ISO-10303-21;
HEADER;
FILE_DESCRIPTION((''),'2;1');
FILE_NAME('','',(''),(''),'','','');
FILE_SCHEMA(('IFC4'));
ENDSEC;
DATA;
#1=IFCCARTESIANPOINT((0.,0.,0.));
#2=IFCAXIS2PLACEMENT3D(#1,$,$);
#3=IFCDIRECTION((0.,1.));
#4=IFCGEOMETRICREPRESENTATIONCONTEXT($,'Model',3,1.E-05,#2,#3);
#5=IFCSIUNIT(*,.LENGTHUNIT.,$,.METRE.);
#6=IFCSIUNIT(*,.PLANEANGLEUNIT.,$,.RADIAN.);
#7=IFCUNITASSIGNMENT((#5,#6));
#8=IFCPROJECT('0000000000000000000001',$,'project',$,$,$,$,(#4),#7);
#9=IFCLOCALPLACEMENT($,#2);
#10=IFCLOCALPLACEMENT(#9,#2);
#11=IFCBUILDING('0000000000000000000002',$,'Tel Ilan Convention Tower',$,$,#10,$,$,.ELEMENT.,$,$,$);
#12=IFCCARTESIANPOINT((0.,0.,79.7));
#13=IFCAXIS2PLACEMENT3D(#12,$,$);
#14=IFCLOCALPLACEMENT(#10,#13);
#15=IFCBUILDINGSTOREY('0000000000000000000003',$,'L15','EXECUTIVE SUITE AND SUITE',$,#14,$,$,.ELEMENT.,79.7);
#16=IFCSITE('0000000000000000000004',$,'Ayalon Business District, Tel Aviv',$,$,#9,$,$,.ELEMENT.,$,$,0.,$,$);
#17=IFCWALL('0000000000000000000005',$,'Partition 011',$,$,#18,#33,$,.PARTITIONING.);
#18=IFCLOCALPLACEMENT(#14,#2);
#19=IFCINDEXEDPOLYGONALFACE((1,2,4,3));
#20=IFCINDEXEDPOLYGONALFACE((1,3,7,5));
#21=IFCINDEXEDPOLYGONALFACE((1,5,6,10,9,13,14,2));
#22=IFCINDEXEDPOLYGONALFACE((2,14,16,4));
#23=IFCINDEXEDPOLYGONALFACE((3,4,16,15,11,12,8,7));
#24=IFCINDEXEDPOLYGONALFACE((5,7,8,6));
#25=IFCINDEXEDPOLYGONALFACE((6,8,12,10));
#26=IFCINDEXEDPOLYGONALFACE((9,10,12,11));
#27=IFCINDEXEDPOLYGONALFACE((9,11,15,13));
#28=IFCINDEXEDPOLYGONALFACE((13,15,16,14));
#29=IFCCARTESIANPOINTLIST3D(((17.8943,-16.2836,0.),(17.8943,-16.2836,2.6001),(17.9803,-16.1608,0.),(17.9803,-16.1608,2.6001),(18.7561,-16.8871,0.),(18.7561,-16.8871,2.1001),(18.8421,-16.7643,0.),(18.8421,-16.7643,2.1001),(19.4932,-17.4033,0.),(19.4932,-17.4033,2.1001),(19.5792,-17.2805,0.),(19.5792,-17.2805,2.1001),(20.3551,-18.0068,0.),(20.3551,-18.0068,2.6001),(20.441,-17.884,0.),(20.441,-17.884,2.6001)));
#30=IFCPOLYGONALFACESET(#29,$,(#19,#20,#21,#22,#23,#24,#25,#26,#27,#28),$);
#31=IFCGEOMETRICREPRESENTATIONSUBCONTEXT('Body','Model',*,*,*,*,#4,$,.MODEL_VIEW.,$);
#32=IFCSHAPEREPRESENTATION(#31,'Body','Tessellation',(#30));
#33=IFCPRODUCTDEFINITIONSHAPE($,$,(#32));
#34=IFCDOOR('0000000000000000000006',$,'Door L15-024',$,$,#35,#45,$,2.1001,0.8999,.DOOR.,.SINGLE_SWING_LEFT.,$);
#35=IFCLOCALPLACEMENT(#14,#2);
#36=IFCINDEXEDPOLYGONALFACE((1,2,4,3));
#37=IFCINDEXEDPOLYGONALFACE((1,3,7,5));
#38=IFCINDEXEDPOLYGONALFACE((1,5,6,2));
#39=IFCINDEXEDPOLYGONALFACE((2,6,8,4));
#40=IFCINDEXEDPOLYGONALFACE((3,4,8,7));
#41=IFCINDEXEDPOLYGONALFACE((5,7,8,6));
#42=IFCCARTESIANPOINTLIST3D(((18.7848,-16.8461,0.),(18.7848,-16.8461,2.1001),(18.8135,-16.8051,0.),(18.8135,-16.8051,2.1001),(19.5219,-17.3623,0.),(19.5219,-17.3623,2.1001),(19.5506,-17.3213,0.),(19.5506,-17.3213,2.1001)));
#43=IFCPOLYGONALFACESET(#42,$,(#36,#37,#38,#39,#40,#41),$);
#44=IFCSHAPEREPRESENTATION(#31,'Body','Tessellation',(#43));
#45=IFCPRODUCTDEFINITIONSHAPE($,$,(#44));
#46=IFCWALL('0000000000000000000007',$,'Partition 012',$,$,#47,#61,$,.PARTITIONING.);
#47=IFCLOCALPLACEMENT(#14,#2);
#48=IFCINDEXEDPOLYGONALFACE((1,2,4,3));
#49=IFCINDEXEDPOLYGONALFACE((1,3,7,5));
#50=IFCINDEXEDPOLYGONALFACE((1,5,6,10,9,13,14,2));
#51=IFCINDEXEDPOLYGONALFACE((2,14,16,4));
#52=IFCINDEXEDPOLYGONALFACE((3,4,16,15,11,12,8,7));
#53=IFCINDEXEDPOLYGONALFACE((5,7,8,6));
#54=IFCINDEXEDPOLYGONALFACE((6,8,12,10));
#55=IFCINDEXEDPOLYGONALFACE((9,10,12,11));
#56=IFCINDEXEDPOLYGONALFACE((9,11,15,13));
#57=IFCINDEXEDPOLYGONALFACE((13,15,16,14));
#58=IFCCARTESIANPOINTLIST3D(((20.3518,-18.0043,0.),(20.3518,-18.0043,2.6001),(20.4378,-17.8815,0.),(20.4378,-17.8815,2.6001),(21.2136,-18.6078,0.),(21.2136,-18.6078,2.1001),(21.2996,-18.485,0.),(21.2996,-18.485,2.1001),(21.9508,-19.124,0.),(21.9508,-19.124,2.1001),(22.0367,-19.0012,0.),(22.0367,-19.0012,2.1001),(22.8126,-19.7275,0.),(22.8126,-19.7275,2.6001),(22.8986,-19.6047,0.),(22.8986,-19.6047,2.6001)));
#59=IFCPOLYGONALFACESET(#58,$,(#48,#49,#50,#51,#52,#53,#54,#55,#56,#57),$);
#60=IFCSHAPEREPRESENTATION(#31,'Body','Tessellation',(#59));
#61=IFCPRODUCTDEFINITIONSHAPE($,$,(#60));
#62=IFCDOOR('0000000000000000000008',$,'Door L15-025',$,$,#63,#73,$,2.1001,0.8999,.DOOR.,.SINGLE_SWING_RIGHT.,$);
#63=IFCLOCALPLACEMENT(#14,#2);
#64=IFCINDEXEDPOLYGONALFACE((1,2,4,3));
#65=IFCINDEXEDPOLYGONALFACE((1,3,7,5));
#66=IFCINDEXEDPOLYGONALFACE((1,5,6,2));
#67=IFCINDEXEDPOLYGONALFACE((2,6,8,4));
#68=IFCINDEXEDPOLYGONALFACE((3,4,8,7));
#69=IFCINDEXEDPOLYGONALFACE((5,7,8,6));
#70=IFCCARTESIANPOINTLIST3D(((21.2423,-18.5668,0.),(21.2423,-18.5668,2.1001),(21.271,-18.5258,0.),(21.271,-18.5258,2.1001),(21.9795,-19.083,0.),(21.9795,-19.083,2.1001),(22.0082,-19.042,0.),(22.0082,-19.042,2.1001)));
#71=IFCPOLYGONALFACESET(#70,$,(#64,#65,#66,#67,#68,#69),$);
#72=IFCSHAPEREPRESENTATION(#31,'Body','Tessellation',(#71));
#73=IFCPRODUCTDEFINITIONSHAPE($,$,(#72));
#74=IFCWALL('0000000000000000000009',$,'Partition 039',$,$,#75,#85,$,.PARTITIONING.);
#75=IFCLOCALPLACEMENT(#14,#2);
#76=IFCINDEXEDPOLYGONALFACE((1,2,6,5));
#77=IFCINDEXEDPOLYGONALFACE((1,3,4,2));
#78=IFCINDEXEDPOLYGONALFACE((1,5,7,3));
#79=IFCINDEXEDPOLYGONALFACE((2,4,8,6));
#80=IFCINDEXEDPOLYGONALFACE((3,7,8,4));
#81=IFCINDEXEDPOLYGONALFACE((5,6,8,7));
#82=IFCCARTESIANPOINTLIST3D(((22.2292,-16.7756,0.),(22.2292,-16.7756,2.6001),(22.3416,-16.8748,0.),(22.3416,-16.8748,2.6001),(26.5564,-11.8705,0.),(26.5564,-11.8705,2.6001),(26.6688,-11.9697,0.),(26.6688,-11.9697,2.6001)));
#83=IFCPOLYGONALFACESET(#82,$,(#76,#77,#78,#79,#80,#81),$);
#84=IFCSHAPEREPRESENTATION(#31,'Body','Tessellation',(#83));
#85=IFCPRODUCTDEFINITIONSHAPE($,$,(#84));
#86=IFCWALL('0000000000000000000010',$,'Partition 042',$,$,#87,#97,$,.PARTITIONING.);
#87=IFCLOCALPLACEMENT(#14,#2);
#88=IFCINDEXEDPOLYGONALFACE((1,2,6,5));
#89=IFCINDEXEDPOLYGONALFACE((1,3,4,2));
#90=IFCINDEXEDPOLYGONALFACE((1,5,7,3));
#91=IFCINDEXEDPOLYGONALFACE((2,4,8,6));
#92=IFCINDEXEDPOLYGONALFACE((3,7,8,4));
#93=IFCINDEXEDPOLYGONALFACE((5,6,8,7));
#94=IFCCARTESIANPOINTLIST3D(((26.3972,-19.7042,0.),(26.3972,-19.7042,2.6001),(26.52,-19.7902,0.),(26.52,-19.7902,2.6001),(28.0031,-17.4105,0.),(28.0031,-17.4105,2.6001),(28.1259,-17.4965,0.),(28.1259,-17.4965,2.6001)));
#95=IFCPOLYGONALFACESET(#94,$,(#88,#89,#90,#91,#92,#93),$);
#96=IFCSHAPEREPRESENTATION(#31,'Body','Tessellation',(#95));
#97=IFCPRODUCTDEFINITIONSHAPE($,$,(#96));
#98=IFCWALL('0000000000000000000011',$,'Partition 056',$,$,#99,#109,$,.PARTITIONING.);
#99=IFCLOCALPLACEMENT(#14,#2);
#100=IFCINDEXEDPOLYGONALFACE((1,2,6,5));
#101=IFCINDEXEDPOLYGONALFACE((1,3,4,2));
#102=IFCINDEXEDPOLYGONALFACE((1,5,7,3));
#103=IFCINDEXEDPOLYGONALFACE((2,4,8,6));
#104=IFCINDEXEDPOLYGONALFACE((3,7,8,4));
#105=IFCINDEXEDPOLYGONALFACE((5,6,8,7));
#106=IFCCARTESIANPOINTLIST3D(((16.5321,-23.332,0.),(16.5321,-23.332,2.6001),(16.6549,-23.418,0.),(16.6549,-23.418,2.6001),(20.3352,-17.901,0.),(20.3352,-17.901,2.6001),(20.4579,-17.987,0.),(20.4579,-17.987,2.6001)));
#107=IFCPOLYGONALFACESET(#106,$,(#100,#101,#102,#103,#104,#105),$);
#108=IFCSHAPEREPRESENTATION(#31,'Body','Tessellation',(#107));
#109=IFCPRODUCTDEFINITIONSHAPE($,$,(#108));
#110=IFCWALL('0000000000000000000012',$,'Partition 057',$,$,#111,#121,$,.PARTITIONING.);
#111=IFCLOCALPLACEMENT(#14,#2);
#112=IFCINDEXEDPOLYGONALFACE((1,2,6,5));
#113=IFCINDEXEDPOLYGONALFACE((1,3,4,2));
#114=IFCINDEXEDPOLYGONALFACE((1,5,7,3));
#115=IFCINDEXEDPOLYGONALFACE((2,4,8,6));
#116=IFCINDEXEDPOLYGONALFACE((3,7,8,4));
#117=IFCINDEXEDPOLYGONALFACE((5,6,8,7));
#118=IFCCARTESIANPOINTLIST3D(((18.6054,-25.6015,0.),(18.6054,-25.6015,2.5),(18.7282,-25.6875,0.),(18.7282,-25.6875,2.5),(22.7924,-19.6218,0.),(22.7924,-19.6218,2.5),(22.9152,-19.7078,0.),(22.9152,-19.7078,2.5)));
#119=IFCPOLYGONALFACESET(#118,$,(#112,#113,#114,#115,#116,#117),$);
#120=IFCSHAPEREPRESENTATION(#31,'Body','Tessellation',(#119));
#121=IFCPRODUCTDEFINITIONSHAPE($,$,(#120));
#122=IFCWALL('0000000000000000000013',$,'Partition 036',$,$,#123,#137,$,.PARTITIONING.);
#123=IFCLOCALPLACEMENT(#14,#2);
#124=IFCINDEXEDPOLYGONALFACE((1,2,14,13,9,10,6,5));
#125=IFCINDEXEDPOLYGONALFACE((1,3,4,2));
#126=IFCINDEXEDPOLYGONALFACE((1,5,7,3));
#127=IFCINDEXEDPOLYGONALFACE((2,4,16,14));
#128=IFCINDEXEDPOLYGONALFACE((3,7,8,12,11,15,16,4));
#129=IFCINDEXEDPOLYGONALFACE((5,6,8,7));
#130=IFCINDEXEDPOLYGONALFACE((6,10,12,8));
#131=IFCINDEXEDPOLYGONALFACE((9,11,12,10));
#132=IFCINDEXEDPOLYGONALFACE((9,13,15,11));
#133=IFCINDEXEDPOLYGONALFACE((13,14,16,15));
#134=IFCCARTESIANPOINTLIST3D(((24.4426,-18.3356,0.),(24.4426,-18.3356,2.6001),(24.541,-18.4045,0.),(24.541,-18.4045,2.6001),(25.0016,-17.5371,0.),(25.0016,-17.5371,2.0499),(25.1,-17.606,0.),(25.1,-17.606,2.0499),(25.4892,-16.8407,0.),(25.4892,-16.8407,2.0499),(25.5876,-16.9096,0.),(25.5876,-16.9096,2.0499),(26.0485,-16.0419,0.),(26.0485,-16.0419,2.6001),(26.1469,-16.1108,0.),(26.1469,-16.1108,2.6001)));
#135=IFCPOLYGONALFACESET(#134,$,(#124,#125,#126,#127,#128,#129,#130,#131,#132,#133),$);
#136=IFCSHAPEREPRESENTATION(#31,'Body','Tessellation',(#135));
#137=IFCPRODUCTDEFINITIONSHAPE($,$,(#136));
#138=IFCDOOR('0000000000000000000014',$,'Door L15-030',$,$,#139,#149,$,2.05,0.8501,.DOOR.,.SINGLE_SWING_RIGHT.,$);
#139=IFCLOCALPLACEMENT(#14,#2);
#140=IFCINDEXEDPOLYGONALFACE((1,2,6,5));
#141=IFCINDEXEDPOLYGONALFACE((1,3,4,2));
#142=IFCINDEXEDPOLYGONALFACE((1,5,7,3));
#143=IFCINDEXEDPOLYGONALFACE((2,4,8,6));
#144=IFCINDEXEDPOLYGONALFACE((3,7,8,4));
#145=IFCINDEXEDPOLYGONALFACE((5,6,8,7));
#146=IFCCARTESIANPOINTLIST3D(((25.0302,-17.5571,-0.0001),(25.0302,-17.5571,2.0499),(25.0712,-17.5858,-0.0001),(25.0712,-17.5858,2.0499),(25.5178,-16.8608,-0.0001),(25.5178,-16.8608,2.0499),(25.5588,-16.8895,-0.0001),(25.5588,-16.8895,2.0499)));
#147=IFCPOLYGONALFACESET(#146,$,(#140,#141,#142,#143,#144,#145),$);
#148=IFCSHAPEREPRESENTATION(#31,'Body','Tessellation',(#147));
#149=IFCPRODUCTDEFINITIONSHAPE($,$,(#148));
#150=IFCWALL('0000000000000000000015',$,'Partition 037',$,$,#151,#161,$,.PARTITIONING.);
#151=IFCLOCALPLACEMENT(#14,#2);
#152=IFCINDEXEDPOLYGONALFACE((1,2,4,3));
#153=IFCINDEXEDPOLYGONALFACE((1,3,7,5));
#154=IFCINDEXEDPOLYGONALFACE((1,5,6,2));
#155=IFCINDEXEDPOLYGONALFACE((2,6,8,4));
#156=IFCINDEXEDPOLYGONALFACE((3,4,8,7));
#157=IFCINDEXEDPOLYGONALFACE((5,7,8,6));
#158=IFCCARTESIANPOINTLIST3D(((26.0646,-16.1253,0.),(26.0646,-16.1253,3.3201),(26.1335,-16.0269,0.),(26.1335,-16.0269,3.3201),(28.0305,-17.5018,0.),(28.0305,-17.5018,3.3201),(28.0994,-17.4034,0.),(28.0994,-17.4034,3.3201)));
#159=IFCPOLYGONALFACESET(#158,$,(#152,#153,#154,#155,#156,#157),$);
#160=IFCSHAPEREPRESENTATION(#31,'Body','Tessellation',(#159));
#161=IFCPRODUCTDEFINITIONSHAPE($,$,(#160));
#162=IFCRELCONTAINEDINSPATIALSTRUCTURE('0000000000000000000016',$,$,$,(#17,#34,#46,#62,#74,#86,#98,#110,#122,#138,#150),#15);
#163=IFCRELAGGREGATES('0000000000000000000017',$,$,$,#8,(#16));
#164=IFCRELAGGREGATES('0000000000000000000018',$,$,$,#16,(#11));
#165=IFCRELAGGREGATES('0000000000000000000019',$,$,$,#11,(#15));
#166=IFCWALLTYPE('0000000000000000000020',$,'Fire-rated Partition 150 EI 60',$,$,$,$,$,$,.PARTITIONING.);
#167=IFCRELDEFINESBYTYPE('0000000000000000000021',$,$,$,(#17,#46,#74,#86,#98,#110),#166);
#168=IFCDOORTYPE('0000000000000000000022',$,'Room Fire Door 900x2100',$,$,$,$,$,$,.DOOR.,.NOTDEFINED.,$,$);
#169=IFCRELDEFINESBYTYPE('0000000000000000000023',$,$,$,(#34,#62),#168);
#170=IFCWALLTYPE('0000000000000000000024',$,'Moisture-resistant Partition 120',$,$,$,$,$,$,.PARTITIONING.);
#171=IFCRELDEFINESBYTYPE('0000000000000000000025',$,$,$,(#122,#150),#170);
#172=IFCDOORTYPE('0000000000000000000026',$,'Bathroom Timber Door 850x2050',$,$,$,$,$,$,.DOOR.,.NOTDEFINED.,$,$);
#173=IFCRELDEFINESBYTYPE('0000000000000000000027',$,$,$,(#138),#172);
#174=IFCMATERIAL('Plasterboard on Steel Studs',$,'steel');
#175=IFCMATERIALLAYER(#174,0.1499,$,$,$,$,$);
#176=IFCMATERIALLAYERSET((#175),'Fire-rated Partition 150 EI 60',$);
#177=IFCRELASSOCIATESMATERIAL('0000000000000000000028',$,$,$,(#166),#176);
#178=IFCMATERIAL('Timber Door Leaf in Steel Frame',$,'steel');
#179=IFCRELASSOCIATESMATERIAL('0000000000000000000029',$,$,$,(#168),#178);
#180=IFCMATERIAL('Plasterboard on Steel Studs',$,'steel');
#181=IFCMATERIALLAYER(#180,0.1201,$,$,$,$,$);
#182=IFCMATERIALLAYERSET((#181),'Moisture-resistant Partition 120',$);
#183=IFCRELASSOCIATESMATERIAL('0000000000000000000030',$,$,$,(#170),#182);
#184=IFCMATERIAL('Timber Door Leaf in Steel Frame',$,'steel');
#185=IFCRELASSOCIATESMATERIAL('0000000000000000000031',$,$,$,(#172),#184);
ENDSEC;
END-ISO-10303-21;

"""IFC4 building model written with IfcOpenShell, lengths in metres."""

from ifc_helpers import new_model, si_unit, direction, frame, frame_2d, origin, place, context, subcontext, project, spatial, rectangle, extrude, material, layer, layer_set, type_object, element, fill, save


model = new_model("IFC4")

# Units and contexts
model_context = context("Model", 3, precision=1e-05, world=origin(), true_north=direction((0.0, 1.0)))
body_context = subcontext(model_context, "Body", "Model", "MODEL_VIEW")
ifc_project = project(units=[si_unit("LENGTHUNIT", "METRE"), si_unit("PLANEANGLEUNIT", "RADIAN")], contexts=[model_context])

# Site, building, storey
site_placement = place(None, origin())
site = spatial("IfcSite", under=ifc_project, at=site_placement, Name="Ayalon Business District, Tel Aviv", CompositionType="ELEMENT", RefElevation=0.0)
building_placement = place(site_placement, origin())
building = spatial("IfcBuilding", under=site, at=building_placement, Name="Tel Ilan Convention Tower", CompositionType="ELEMENT")
storey_placement = place(building_placement, frame((0.0, 0.0, 79.7)))
storey = spatial("IfcBuildingStorey", under=building, at=storey_placement, Name="L15", Description="EXECUTIVE SUITE AND SUITE", CompositionType="ELEMENT", Elevation=79.7)

# Shared definitions
ifc_material_1 = material(Name="Plasterboard on Steel Studs", Category="steel")
ifc_layer_1 = layer(ifc_material_1, 0.1499)
ifc_layer_set_1 = layer_set([ifc_layer_1], Name="Fire-rated Partition 150 EI 60")
wall_type_1 = type_object("IfcWallType", Name="Fire-rated Partition 150 EI 60", PredefinedType="PARTITIONING", material=ifc_layer_set_1)

# Walls, openings, doors
ifc_material_2 = material(Name="Timber Door Leaf in Steel Frame", Category="steel")
door_type_1 = type_object("IfcDoorType", Name="Room Fire Door 900x2100", OperationType="NOTDEFINED", PredefinedType="DOOR", material=ifc_material_2)
wall_1_placement = place(storey_placement, frame((20.3979, -17.9453, 0.0), z_axis=(0.0, 0.0, 1.0), x_axis=(-0.819129, 0.57361, 0.0)))
wall_1 = element("IfcWall", 1, at=wall_1_placement, inside=storey, type_object=wall_type_1, Name="Partition 011", PredefinedType="PARTITIONING", context=body_context, shape_type="SweptSolid", body=[
    extrude(rectangle(XDim=3.0042, YDim=0.1499, at=frame_2d((1.502, 0.0))), origin(), (0.0, 0.0, 1.0), 2.6001),
])
opening_1_placement = place(wall_1_placement, frame((1.052, 0.0, 0.0)))
opening_1 = element("IfcOpeningElement", 2, at=opening_1_placement, cuts=wall_1, PredefinedType="OPENING", context=body_context, shape_type="SweptSolid", body=[
    extrude(rectangle(XDim=0.8999, YDim=2.1001, at=frame_2d((0.45, 1.05))), frame((0.0, 0.085, 0.0), z_axis=(0.0, -1.0, 0.0), x_axis=(1.0, 0.0, 0.0)), (0.0, 0.0, 1.0), 0.1699),
])
door_1_placement = place(opening_1_placement, origin())
door_1 = element("IfcDoor", 3, at=door_1_placement, inside=storey, type_object=door_type_1, Name="Door L15-024", OperationType="SINGLE_SWING_LEFT", OverallHeight=2.1001, OverallWidth=0.8999, PredefinedType="DOOR", context=body_context, shape_type="SweptSolid", body=[
    extrude(rectangle(XDim=0.8999, YDim=2.1001, at=frame_2d((0.45, 1.05))), frame((0.0, 0.0249, 0.0), z_axis=(0.0, -1.0, 0.0), x_axis=(1.0, 0.0, 0.0)), (0.0, 0.0, 1.0), 0.05),
])
fill(opening_1, door_1)
wall_2_placement = place(storey_placement, frame((22.8555, -19.666, 0.0), z_axis=(0.0, 0.0, 1.0), x_axis=(-0.819129, 0.57361, 0.0)))
wall_2 = element("IfcWall", 4, at=wall_2_placement, inside=storey, type_object=wall_type_1, Name="Partition 012", PredefinedType="PARTITIONING", context=body_context, shape_type="SweptSolid", body=[
    extrude(rectangle(XDim=3.0042, YDim=0.1499, at=frame_2d((1.502, 0.0))), origin(), (0.0, 0.0, 1.0), 2.6001),
])
opening_2_placement = place(wall_2_placement, frame((1.052, 0.0, 0.0)))
opening_2 = element("IfcOpeningElement", 5, at=opening_2_placement, cuts=wall_2, PredefinedType="OPENING", context=body_context, shape_type="SweptSolid", body=[
    extrude(rectangle(XDim=0.8999, YDim=2.1001, at=frame_2d((0.45, 1.05))), frame((0.0, 0.085, 0.0), z_axis=(0.0, -1.0, 0.0), x_axis=(1.0, 0.0, 0.0)), (0.0, 0.0, 1.0), 0.1699),
])
door_2_placement = place(opening_2_placement, origin())
door_2 = element("IfcDoor", 6, at=door_2_placement, inside=storey, type_object=door_type_1, Name="Door L15-025", OperationType="SINGLE_SWING_RIGHT", OverallHeight=2.1001, OverallWidth=0.8999, PredefinedType="DOOR", context=body_context, shape_type="SweptSolid", body=[
    extrude(rectangle(XDim=0.8999, YDim=2.1001, at=frame_2d((0.45, 1.05))), frame((0.0, 0.0249, 0.0), z_axis=(0.0, -1.0, 0.0), x_axis=(1.0, 0.0, 0.0)), (0.0, 0.0, 1.0), 0.05),
])
fill(opening_2, door_2)

# Walls
wall_3_placement = place(storey_placement, frame((22.2854, -16.8252, 0.0), z_axis=(0.0, 0.0, 1.0), x_axis=(0.661551, 0.7499, 0.0)))
element("IfcWall", 7, at=wall_3_placement, inside=storey, type_object=wall_type_1, Name="Partition 039", PredefinedType="PARTITIONING", context=body_context, shape_type="SweptSolid", body=[
    extrude(rectangle(XDim=6.541, YDim=0.1499, at=frame_2d((3.2705, 0.0))), origin(), (0.0, 0.0, 1.0), 2.6001),
])
wall_4_placement = place(storey_placement, frame((28.0645, -17.4536, 0.0), z_axis=(0.0, 0.0, 1.0), x_axis=(-0.57355, -0.81917, 0.0)))
element("IfcWall", 8, at=wall_4_placement, inside=storey, type_object=wall_type_1, Name="Partition 042", PredefinedType="PARTITIONING", context=body_context, shape_type="SweptSolid", body=[
    extrude(rectangle(XDim=2.8, YDim=0.1499, at=frame_2d((1.3999, 0.0))), origin(), (0.0, 0.0, 1.0), 2.6001),
])
wall_5_placement = place(storey_placement, frame((20.3965, -17.9441, 0.0), z_axis=(0.0, 0.0, 1.0), x_axis=(-0.573598, -0.819137, 0.0)))
element("IfcWall", 9, at=wall_5_placement, inside=storey, type_object=wall_type_1, Name="Partition 056", PredefinedType="PARTITIONING", context=body_context, shape_type="SweptSolid", body=[
    extrude(rectangle(XDim=6.6301, YDim=0.1499, at=frame_2d((3.3149, 0.0))), origin(), (0.0, 0.0, 1.0), 2.6001),
])
wall_6_placement = place(storey_placement, frame((22.8538, -19.6648, 0.0), z_axis=(0.0, 0.0, 1.0), x_axis=(-0.573572, -0.819155, 0.0)))
element("IfcWall", 10, at=wall_6_placement, inside=storey, type_object=wall_type_1, Name="Partition 057", PredefinedType="PARTITIONING", context=body_context, shape_type="SweptSolid", body=[
    extrude(rectangle(XDim=7.2998, YDim=0.1499, at=frame_2d((3.6499, 0.0))), origin(), (0.0, 0.0, 1.0), 2.5),
])

# Wall, opening, door
ifc_material_3 = material(Name="Plasterboard on Steel Studs", Category="steel")
ifc_layer_2 = layer(ifc_material_3, 0.1201)
ifc_layer_set_2 = layer_set([ifc_layer_2], Name="Moisture-resistant Partition 120")
wall_type_2 = type_object("IfcWallType", Name="Moisture-resistant Partition 120", PredefinedType="PARTITIONING", material=ifc_layer_set_2)
wall_7_placement = place(storey_placement, frame((26.0977, -16.0764, 0.0), z_axis=(0.0, 0.0, 1.0), x_axis=(-0.57355, -0.81917, 0.0)))
wall_7 = element("IfcWall", 11, at=wall_7_placement, inside=storey, type_object=wall_type_2, Name="Partition 036", PredefinedType="PARTITIONING", context=body_context, shape_type="SweptSolid", body=[
    extrude(rectangle(XDim=2.8, YDim=0.1201, at=frame_2d((1.3999, 0.0))), origin(), (0.0, 0.0, 1.0), 2.6001),
])
opening_3_placement = place(wall_7_placement, frame((0.9751, 0.0, 0.0)))
opening_3 = element("IfcOpeningElement", 12, at=opening_3_placement, cuts=wall_7, PredefinedType="OPENING", context=body_context, shape_type="SweptSolid", body=[
    extrude(rectangle(XDim=0.8501, YDim=2.05, at=frame_2d((0.425, 1.0249))), frame((0.0, 0.0701, 0.0), z_axis=(0.0, -1.0, 0.0), x_axis=(1.0, 0.0, 0.0)), (0.0, 0.0, 1.0), 0.1401),
])
ifc_material_4 = material(Name="Timber Door Leaf in Steel Frame", Category="steel")
door_type_2 = type_object("IfcDoorType", Name="Bathroom Timber Door 850x2050", OperationType="NOTDEFINED", PredefinedType="DOOR", material=ifc_material_4)
door_3_placement = place(opening_3_placement, origin())
door_3 = element("IfcDoor", 13, at=door_3_placement, inside=storey, type_object=door_type_2, Name="Door L15-030", OperationType="SINGLE_SWING_RIGHT", OverallHeight=2.05, OverallWidth=0.8501, PredefinedType="DOOR", context=body_context, shape_type="SweptSolid", body=[
    extrude(rectangle(XDim=0.8501, YDim=2.05, at=frame_2d((0.425, 1.0249))), frame((0.0, 0.0249, 0.0), z_axis=(0.0, -1.0, 0.0), x_axis=(1.0, 0.0, 0.0)), (0.0, 0.0, 1.0), 0.05),
])
fill(opening_3, door_3)

# Wall
wall_8_placement = place(storey_placement, frame((28.0649, -17.4526, 0.0), z_axis=(0.0, 0.0, 1.0), x_axis=(-0.819155, 0.573572, 0.0)))
element("IfcWall", 14, at=wall_8_placement, inside=storey, type_object=wall_type_2, Name="Partition 037", PredefinedType="PARTITIONING", context=body_context, shape_type="SweptSolid", body=[
    extrude(rectangle(XDim=2.3999, YDim=0.1201, at=frame_2d((1.2, 0.0))), origin(), (0.0, 0.0, 1.0), 3.3201),
])

save(model, "model.ifc")
